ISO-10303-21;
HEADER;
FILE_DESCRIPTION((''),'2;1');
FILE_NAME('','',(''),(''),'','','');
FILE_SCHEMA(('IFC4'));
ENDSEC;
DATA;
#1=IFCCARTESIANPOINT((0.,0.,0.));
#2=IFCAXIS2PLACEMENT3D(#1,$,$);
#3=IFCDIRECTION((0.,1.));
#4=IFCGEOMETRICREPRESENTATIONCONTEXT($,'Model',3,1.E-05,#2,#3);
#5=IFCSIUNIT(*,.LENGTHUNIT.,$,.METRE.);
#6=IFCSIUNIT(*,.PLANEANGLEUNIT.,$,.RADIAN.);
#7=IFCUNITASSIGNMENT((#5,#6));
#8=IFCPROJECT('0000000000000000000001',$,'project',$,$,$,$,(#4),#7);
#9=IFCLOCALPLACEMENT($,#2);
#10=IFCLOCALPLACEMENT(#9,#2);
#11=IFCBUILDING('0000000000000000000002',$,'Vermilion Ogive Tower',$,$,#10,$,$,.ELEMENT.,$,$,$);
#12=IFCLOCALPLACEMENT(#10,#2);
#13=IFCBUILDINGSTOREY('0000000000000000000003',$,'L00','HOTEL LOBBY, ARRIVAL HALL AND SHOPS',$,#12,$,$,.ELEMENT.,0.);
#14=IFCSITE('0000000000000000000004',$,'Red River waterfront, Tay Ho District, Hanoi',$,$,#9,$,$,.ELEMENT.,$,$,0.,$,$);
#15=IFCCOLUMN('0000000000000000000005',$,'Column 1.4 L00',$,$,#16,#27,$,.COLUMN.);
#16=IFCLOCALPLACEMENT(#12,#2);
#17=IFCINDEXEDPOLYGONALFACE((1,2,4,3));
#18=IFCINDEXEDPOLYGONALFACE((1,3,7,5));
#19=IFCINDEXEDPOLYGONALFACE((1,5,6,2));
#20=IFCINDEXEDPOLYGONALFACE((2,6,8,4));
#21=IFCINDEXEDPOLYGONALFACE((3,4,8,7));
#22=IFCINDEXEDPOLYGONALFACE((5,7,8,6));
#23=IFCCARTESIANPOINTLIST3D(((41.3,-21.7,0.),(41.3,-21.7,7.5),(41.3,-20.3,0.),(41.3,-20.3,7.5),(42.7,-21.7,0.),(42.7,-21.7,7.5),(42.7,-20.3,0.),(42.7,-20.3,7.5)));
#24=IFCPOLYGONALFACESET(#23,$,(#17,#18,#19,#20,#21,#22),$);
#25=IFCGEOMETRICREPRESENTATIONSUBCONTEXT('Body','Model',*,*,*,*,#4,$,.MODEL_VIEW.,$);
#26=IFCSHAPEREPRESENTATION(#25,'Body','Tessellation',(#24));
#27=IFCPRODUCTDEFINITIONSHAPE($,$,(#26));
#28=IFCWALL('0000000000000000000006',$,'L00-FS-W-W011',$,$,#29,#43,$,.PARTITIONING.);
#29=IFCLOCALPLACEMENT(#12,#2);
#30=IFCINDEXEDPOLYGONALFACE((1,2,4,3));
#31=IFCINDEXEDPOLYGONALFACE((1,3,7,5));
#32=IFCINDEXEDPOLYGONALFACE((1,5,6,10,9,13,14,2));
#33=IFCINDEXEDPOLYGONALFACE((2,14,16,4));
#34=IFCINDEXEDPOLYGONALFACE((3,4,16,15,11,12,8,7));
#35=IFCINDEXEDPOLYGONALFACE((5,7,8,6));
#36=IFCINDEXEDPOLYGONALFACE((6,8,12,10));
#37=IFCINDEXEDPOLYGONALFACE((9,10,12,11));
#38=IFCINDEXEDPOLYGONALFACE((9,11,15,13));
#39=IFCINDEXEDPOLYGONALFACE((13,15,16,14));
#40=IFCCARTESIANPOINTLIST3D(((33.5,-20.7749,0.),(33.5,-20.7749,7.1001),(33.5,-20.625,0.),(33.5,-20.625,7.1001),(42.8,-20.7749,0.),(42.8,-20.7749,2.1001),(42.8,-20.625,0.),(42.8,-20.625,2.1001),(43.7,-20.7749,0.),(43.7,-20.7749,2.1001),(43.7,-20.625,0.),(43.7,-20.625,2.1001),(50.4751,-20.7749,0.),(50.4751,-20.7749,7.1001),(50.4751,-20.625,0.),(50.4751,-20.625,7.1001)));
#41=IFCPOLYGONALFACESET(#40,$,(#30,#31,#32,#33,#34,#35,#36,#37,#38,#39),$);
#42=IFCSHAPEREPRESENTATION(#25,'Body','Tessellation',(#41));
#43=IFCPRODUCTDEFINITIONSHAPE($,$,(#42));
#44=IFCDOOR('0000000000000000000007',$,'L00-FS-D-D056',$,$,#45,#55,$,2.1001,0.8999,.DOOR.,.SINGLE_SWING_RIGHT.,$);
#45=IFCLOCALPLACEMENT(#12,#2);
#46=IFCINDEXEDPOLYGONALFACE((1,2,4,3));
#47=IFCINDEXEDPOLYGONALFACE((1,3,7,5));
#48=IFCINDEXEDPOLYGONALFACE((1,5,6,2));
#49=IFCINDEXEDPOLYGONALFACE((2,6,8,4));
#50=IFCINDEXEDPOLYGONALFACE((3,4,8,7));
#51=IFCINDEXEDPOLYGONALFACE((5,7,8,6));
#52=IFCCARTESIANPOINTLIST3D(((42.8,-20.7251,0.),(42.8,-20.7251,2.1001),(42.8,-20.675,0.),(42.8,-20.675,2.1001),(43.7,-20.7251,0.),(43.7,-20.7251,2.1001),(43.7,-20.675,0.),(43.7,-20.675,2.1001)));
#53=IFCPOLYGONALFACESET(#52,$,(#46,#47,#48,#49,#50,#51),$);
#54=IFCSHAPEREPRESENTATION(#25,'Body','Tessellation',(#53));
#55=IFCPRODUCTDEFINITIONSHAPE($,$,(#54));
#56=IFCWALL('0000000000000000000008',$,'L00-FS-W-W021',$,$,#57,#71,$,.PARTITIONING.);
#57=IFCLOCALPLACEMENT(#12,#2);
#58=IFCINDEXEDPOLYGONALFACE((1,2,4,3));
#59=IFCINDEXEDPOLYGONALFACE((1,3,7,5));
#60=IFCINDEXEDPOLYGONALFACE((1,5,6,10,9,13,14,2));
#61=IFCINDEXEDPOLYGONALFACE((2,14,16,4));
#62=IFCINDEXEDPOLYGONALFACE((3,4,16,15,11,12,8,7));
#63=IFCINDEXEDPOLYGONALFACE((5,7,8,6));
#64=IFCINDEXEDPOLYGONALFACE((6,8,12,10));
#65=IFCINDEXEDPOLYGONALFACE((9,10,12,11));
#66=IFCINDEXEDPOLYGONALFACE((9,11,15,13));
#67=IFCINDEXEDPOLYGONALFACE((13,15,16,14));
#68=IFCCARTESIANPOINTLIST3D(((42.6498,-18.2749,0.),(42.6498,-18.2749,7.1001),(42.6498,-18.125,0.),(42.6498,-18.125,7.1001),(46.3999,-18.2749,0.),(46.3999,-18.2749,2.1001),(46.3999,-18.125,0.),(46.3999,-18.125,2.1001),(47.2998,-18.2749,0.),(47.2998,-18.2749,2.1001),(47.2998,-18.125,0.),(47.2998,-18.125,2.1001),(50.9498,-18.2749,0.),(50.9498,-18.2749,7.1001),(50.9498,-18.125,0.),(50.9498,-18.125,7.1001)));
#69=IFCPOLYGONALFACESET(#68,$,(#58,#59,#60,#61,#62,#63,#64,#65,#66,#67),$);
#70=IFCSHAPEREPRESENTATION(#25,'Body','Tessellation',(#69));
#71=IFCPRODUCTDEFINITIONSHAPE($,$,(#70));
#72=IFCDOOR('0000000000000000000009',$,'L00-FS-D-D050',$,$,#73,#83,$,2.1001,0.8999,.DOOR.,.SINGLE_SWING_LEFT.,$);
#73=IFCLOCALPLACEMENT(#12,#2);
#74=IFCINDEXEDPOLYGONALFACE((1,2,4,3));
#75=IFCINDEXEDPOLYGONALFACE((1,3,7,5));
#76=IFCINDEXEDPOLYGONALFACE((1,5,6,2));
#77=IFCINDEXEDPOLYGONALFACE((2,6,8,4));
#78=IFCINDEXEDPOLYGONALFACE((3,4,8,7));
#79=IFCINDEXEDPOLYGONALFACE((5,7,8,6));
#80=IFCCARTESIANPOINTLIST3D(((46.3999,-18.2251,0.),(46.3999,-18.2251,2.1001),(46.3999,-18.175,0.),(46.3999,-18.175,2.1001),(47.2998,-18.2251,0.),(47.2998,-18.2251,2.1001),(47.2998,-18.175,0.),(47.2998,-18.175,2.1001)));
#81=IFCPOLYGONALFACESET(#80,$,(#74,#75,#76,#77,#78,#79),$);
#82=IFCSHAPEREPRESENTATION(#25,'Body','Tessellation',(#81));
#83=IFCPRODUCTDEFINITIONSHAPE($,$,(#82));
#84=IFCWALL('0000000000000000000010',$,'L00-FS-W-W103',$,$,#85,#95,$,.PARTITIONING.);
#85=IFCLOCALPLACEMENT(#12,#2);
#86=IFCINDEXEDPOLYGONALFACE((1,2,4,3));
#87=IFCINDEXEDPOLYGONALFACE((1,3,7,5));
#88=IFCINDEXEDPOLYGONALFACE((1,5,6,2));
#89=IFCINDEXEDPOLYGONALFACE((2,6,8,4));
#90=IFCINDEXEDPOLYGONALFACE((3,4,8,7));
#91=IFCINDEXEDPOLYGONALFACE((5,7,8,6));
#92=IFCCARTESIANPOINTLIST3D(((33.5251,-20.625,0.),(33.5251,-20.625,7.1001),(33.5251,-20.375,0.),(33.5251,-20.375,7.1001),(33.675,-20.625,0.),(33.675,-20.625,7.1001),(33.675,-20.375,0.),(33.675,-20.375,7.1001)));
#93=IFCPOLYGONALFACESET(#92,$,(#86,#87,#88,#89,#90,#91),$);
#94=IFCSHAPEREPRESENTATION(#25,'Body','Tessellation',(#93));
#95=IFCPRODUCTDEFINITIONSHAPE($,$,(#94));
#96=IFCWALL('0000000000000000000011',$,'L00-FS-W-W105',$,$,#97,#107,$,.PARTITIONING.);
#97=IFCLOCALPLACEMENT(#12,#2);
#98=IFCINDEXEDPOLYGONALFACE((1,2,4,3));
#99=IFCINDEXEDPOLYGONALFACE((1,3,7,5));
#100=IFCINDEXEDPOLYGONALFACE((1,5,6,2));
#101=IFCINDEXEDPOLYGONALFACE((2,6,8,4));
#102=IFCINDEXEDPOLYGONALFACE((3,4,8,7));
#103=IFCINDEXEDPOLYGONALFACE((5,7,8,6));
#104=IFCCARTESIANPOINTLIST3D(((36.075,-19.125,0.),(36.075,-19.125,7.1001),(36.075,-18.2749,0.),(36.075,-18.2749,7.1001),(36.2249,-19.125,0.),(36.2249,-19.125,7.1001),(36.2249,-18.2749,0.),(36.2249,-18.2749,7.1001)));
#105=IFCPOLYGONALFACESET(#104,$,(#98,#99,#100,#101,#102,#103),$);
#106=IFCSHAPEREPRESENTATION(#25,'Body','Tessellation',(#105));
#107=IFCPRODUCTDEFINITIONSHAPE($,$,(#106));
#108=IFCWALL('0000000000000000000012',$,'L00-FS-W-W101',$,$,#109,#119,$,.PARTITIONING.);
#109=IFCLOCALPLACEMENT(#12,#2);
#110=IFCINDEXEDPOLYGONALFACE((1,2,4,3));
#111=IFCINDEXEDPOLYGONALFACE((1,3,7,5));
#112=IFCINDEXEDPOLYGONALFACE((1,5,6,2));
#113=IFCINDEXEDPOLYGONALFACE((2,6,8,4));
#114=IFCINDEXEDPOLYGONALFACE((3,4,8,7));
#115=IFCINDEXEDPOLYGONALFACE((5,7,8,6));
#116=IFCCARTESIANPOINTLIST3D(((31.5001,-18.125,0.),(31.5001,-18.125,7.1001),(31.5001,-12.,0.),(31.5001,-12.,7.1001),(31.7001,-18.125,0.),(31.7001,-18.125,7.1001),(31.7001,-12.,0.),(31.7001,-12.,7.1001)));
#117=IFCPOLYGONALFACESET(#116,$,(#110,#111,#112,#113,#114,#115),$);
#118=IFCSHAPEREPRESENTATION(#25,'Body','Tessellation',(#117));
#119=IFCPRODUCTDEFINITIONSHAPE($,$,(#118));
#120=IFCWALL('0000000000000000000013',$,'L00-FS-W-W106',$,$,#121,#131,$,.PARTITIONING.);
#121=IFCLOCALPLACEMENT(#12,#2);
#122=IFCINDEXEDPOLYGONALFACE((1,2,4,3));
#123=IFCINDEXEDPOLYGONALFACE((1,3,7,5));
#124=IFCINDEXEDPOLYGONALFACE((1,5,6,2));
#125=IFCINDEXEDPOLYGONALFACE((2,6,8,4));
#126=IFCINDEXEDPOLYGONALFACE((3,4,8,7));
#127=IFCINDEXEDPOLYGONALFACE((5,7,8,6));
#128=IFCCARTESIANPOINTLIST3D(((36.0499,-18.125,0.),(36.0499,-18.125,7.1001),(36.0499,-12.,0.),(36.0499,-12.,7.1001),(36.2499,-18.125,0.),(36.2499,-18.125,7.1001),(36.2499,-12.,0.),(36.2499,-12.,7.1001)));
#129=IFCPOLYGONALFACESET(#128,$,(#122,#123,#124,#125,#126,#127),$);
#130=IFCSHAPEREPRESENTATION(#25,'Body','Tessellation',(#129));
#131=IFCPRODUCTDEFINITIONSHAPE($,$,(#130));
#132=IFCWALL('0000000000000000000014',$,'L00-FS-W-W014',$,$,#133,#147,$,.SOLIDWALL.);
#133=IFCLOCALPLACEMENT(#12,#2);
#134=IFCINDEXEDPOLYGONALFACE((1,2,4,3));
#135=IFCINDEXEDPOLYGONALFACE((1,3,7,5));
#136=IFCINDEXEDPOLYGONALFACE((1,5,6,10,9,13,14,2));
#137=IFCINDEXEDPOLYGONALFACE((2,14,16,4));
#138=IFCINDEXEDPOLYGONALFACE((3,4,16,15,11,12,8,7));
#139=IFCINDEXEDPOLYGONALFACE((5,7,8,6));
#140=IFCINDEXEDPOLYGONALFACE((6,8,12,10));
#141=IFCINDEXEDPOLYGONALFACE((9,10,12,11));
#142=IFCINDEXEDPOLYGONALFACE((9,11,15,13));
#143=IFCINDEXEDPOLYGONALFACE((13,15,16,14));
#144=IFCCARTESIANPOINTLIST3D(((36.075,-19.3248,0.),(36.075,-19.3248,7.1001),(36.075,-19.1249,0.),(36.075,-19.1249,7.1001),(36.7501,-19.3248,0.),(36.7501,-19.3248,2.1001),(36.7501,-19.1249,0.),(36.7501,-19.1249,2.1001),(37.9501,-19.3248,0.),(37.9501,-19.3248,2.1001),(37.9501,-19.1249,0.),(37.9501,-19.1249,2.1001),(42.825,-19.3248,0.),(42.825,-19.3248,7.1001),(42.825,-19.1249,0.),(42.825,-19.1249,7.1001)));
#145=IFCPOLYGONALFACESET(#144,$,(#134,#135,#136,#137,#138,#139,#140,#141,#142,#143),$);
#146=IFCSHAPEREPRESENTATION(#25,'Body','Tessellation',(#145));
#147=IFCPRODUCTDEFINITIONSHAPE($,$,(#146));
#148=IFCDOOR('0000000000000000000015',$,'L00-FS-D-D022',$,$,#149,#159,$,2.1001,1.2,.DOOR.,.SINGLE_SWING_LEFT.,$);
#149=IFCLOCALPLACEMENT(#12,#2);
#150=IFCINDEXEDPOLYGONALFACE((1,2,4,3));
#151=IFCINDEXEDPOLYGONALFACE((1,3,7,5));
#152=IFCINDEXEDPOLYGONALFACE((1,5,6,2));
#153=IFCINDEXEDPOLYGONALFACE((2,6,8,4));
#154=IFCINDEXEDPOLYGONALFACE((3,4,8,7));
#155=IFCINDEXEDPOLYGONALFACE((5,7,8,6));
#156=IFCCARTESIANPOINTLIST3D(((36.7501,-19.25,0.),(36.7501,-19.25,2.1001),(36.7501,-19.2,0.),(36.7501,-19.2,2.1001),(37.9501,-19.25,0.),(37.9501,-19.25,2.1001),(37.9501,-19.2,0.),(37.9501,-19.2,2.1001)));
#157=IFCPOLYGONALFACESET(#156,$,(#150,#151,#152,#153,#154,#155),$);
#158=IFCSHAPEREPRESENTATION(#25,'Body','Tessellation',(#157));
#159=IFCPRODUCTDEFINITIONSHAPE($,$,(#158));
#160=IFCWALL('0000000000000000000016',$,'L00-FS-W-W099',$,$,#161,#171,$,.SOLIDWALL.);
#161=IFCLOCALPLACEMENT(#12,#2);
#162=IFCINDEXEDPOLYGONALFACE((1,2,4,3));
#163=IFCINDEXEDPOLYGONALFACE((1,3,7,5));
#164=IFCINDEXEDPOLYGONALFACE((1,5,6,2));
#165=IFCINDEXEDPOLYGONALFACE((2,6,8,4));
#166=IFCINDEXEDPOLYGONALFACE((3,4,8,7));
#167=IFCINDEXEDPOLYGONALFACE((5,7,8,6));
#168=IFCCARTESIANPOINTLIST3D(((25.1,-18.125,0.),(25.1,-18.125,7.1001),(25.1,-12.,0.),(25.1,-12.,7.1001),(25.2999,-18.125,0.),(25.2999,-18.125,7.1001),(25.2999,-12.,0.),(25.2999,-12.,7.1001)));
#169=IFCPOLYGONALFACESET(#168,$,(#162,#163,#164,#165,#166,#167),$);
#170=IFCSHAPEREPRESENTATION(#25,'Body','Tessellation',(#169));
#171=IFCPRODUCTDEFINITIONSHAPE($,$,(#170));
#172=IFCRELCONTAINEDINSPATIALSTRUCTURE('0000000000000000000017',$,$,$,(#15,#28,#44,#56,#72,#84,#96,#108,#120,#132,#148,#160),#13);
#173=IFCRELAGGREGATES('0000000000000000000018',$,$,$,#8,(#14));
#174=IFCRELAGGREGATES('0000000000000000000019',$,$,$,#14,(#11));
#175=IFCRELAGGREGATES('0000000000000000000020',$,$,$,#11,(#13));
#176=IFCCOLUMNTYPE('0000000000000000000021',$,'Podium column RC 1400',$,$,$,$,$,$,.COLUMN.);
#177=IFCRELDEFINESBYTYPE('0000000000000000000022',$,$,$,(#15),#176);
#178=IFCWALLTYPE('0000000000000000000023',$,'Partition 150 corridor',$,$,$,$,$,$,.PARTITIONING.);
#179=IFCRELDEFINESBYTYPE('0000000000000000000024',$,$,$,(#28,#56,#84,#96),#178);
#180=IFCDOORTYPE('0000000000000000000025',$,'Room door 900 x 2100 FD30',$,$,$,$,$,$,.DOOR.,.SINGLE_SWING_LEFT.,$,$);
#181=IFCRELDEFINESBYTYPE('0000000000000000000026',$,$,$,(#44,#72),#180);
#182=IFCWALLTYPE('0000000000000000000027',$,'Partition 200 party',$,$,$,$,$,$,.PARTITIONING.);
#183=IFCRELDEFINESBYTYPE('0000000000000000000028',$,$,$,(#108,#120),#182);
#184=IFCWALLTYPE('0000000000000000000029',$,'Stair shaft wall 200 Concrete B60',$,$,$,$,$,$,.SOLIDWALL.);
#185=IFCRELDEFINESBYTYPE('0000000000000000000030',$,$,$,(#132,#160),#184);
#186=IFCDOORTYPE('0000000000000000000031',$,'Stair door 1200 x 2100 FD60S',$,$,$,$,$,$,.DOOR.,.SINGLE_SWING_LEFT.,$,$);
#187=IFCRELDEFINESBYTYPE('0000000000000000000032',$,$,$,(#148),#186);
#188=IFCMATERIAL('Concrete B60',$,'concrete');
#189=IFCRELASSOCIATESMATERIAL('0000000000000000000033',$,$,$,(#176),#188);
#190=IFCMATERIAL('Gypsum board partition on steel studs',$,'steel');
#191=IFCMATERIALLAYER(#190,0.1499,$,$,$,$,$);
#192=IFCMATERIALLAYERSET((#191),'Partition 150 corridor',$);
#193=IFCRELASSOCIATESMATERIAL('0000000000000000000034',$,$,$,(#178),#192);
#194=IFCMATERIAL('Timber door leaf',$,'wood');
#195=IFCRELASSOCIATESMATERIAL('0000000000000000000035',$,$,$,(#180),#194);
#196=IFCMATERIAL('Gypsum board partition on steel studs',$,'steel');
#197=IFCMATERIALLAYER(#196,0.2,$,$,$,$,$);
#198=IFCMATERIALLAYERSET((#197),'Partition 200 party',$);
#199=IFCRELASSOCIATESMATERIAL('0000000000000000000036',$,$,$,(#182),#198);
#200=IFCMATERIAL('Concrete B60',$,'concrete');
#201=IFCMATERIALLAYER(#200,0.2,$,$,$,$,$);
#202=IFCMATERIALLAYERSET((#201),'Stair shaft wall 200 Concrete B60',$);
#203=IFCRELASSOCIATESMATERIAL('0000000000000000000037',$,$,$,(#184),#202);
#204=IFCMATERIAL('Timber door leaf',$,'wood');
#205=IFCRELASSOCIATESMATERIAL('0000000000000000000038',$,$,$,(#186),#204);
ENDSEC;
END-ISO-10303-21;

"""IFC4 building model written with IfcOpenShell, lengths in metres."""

from ifc_helpers import new_model, si_unit, direction, frame, frame_2d, origin, origin_2d, place, context, subcontext, project, spatial, rectangle, extrude, material, layer, layer_set, material_profile, profile_set, type_object, element, fill, save


model = new_model("IFC4")

# Units and contexts
model_context = context("Model", 3, precision=1e-05, world=origin(), true_north=direction((0.0, 1.0)))
body_context = subcontext(model_context, "Body", "Model", "MODEL_VIEW")
ifc_project = project(units=[si_unit("LENGTHUNIT", "METRE"), si_unit("PLANEANGLEUNIT", "RADIAN")], contexts=[model_context])

# Site, building, storey
site_placement = place(None, origin())
site = spatial("IfcSite", under=ifc_project, at=site_placement, Name="Red River waterfront, Tay Ho District, Hanoi", CompositionType="ELEMENT", RefElevation=0.0)
building_placement = place(site_placement, origin())
building = spatial("IfcBuilding", under=site, at=building_placement, Name="Vermilion Ogive Tower", CompositionType="ELEMENT")
storey_placement = place(building_placement, origin())
storey = spatial("IfcBuildingStorey", under=building, at=storey_placement, Name="L00", Description="HOTEL LOBBY, ARRIVAL HALL AND SHOPS", CompositionType="ELEMENT", Elevation=0.0)

# Column
ifc_material_1 = material(Name="Concrete B60", Category="concrete")
ifc_material_profile = material_profile(ifc_material_1, rectangle(XDim=1.3999, YDim=1.3999, at=origin_2d()), Name="RC 1400x1400")
ifc_profile_set = profile_set([ifc_material_profile], Name="Concrete B60")
column_type = type_object("IfcColumnType", Name="Podium column RC 1400", PredefinedType="COLUMN", material=ifc_profile_set)
column_placement = place(storey_placement, frame((42.0, -21.0, 0.0), z_axis=(0.0, 0.0, 1.0), x_axis=(1.0, 0.0, 0.0)))
element("IfcColumn", 1, at=column_placement, inside=storey, type_object=column_type, Name="Column 1.4 L00", PredefinedType="COLUMN", context=body_context, shape_type="SweptSolid", body=[
    extrude(rectangle(XDim=1.3999, YDim=1.3999, at=origin_2d()), origin(), (0.0, 0.0, 1.0), 7.5),
])

# Walls, openings, doors
ifc_material_2 = material(Name="Gypsum board partition on steel studs", Category="steel")
ifc_layer_1 = layer(ifc_material_2, 0.1499)
ifc_layer_set_1 = layer_set([ifc_layer_1], Name="Partition 150 corridor")
wall_type_1 = type_object("IfcWallType", Name="Partition 150 corridor", PredefinedType="PARTITIONING", material=ifc_layer_set_1)
wall_1_placement = place(storey_placement, frame((33.5, -20.7, 0.0), z_axis=(0.0, 0.0, 1.0), x_axis=(1.0, 0.0, 0.0)))
wall_1 = element("IfcWall", 2, at=wall_1_placement, inside=storey, type_object=wall_type_1, Name="L00-FS-W-W011", PredefinedType="PARTITIONING", context=body_context, shape_type="SweptSolid", body=[
    extrude(rectangle(XDim=16.9751, YDim=0.1499, at=frame_2d((8.4875, 0.0))), origin(), (0.0, 0.0, 1.0), 7.1001),
])
opening_1_placement = place(wall_1_placement, frame((9.3, 0.0, 0.0)))
opening_1 = element("IfcOpeningElement", 3, at=opening_1_placement, cuts=wall_1, PredefinedType="OPENING", context=body_context, shape_type="SweptSolid", body=[
    extrude(rectangle(XDim=0.8999, YDim=2.1001, at=frame_2d((0.45, 1.05))), frame((0.0, 0.085, 0.0), z_axis=(0.0, -1.0, 0.0), x_axis=(1.0, 0.0, 0.0)), (0.0, 0.0, 1.0), 0.1699),
])
ifc_material_3 = material(Name="Timber door leaf", Category="wood")
door_type_1 = type_object("IfcDoorType", Name="Room door 900 x 2100 FD30", OperationType="SINGLE_SWING_LEFT", PredefinedType="DOOR", material=ifc_material_3)
door_1_placement = place(opening_1_placement, origin())
door_1 = element("IfcDoor", 4, at=door_1_placement, inside=storey, type_object=door_type_1, Name="L00-FS-D-D056", OperationType="SINGLE_SWING_RIGHT", OverallHeight=2.1001, OverallWidth=0.8999, PredefinedType="DOOR", context=body_context, shape_type="SweptSolid", body=[
    extrude(rectangle(XDim=0.8999, YDim=2.1001, at=frame_2d((0.45, 1.05))), frame((0.0, 0.0249, 0.0), z_axis=(0.0, -1.0, 0.0), x_axis=(1.0, 0.0, 0.0)), (0.0, 0.0, 1.0), 0.05),
])
fill(opening_1, door_1)
wall_2_placement = place(storey_placement, frame((42.6499, -18.2, 0.0), z_axis=(0.0, 0.0, 1.0), x_axis=(1.0, 0.0, 0.0)))
wall_2 = element("IfcWall", 5, at=wall_2_placement, inside=storey, type_object=wall_type_1, Name="L00-FS-W-W021", PredefinedType="PARTITIONING", context=body_context, shape_type="SweptSolid", body=[
    extrude(rectangle(XDim=8.3, YDim=0.1499, at=frame_2d((4.1499, 0.0))), origin(), (0.0, 0.0, 1.0), 7.1001),
])
opening_2_placement = place(wall_2_placement, frame((3.75, 0.0, 0.0)))
opening_2 = element("IfcOpeningElement", 6, at=opening_2_placement, cuts=wall_2, PredefinedType="OPENING", context=body_context, shape_type="SweptSolid", body=[
    extrude(rectangle(XDim=0.8999, YDim=2.1001, at=frame_2d((0.45, 1.05))), frame((0.0, 0.085, 0.0), z_axis=(0.0, -1.0, 0.0), x_axis=(1.0, 0.0, 0.0)), (0.0, 0.0, 1.0), 0.1699),
])
door_2_placement = place(opening_2_placement, origin())
door_2 = element("IfcDoor", 7, at=door_2_placement, inside=storey, type_object=door_type_1, Name="L00-FS-D-D050", OperationType="SINGLE_SWING_LEFT", OverallHeight=2.1001, OverallWidth=0.8999, PredefinedType="DOOR", context=body_context, shape_type="SweptSolid", body=[
    extrude(rectangle(XDim=0.8999, YDim=2.1001, at=frame_2d((0.45, 1.05))), frame((0.0, 0.0249, 0.0), z_axis=(0.0, -1.0, 0.0), x_axis=(1.0, 0.0, 0.0)), (0.0, 0.0, 1.0), 0.05),
])
fill(opening_2, door_2)

# Walls
wall_3_placement = place(storey_placement, frame((33.6001, -20.625, 0.0), z_axis=(0.0, 0.0, 1.0), x_axis=(0.0, 1.0, 0.0)))
element("IfcWall", 8, at=wall_3_placement, inside=storey, type_object=wall_type_1, Name="L00-FS-W-W103", PredefinedType="PARTITIONING", context=body_context, shape_type="SweptSolid", body=[
    extrude(rectangle(XDim=0.25, YDim=0.1499, at=frame_2d((0.125, 0.0))), origin(), (0.0, 0.0, 1.0), 7.1001),
])
wall_4_placement = place(storey_placement, frame((36.1499, -19.125, 0.0), z_axis=(0.0, 0.0, 1.0), x_axis=(0.0, 1.0, 0.0)))
element("IfcWall", 9, at=wall_4_placement, inside=storey, type_object=wall_type_1, Name="L00-FS-W-W105", PredefinedType="PARTITIONING", context=body_context, shape_type="SweptSolid", body=[
    extrude(rectangle(XDim=0.8501, YDim=0.1499, at=frame_2d((0.425, 0.0))), origin(), (0.0, 0.0, 1.0), 7.1001),
])
ifc_material_4 = material(Name="Gypsum board partition on steel studs", Category="steel")
ifc_layer_2 = layer(ifc_material_4, 0.2)
ifc_layer_set_2 = layer_set([ifc_layer_2], Name="Partition 200 party")
wall_type_2 = type_object("IfcWallType", Name="Partition 200 party", PredefinedType="PARTITIONING", material=ifc_layer_set_2)
for number, where, z_axis, x_axis, name in (
    (10, (31.6001, -18.125, 0.0), (0.0, 0.0, 1.0), (0.0, 1.0, 0.0), "L00-FS-W-W101"),
    (11, (36.1499, -18.125, 0.0), (0.0, 0.0, 1.0), (0.0, 1.0, 0.0), "L00-FS-W-W106"),
):
    element("IfcWall", number, at=place(storey_placement, frame(where, z_axis=z_axis, x_axis=x_axis)), inside=storey, type_object=wall_type_2, Name=name, PredefinedType="PARTITIONING", context=body_context, shape_type="SweptSolid", body=[
        extrude(rectangle(XDim=6.125, YDim=0.2, at=frame_2d((3.0625, 0.0))), origin(), (0.0, 0.0, 1.0), 7.1001),
    ])

# Wall, opening, door
ifc_material_5 = material(Name="Concrete B60", Category="concrete")
ifc_layer_3 = layer(ifc_material_5, 0.2)
ifc_layer_set_3 = layer_set([ifc_layer_3], Name="Stair shaft wall 200 Concrete B60")
wall_type_3 = type_object("IfcWallType", Name="Stair shaft wall 200 Concrete B60", PredefinedType="SOLIDWALL", material=ifc_layer_set_3)
wall_5_placement = place(storey_placement, frame((36.075, -19.2249, 0.0), z_axis=(0.0, 0.0, 1.0), x_axis=(1.0, 0.0, 0.0)))
wall_5 = element("IfcWall", 12, at=wall_5_placement, inside=storey, type_object=wall_type_3, Name="L00-FS-W-W014", PredefinedType="SOLIDWALL", context=body_context, shape_type="SweptSolid", body=[
    extrude(rectangle(XDim=6.75, YDim=0.2, at=frame_2d((3.375, 0.0))), origin(), (0.0, 0.0, 1.0), 7.1001),
])
opening_3_placement = place(wall_5_placement, frame((0.675, 0.0, 0.0)))
opening_3 = element("IfcOpeningElement", 13, at=opening_3_placement, cuts=wall_5, PredefinedType="OPENING", context=body_context, shape_type="SweptSolid", body=[
    extrude(rectangle(XDim=1.2, YDim=2.1001, at=frame_2d((0.6001, 1.05))), frame((0.0, 0.1099, 0.0), z_axis=(0.0, -1.0, 0.0), x_axis=(1.0, 0.0, 0.0)), (0.0, 0.0, 1.0), 0.22),
])
ifc_material_6 = material(Name="Timber door leaf", Category="wood")
door_type_2 = type_object("IfcDoorType", Name="Stair door 1200 x 2100 FD60S", OperationType="SINGLE_SWING_LEFT", PredefinedType="DOOR", material=ifc_material_6)
door_3_placement = place(opening_3_placement, origin())
door_3 = element("IfcDoor", 14, at=door_3_placement, inside=storey, type_object=door_type_2, Name="L00-FS-D-D022", OperationType="SINGLE_SWING_LEFT", OverallHeight=2.1001, OverallWidth=1.2, PredefinedType="DOOR", context=body_context, shape_type="SweptSolid", body=[
    extrude(rectangle(XDim=1.2, YDim=2.1001, at=frame_2d((0.6001, 1.05))), frame((0.0, 0.0249, 0.0), z_axis=(0.0, -1.0, 0.0), x_axis=(1.0, 0.0, 0.0)), (0.0, 0.0, 1.0), 0.05),
])
fill(opening_3, door_3)

# Wall
wall_6_placement = place(storey_placement, frame((25.2, -18.125, 0.0), z_axis=(0.0, 0.0, 1.0), x_axis=(0.0, 1.0, 0.0)))
element("IfcWall", 15, at=wall_6_placement, inside=storey, type_object=wall_type_3, Name="L00-FS-W-W099", PredefinedType="SOLIDWALL", context=body_context, shape_type="SweptSolid", body=[
    extrude(rectangle(XDim=6.125, YDim=0.2, at=frame_2d((3.0625, 0.0))), origin(), (0.0, 0.0, 1.0), 7.1001),
])

save(model, "model.ifc")
